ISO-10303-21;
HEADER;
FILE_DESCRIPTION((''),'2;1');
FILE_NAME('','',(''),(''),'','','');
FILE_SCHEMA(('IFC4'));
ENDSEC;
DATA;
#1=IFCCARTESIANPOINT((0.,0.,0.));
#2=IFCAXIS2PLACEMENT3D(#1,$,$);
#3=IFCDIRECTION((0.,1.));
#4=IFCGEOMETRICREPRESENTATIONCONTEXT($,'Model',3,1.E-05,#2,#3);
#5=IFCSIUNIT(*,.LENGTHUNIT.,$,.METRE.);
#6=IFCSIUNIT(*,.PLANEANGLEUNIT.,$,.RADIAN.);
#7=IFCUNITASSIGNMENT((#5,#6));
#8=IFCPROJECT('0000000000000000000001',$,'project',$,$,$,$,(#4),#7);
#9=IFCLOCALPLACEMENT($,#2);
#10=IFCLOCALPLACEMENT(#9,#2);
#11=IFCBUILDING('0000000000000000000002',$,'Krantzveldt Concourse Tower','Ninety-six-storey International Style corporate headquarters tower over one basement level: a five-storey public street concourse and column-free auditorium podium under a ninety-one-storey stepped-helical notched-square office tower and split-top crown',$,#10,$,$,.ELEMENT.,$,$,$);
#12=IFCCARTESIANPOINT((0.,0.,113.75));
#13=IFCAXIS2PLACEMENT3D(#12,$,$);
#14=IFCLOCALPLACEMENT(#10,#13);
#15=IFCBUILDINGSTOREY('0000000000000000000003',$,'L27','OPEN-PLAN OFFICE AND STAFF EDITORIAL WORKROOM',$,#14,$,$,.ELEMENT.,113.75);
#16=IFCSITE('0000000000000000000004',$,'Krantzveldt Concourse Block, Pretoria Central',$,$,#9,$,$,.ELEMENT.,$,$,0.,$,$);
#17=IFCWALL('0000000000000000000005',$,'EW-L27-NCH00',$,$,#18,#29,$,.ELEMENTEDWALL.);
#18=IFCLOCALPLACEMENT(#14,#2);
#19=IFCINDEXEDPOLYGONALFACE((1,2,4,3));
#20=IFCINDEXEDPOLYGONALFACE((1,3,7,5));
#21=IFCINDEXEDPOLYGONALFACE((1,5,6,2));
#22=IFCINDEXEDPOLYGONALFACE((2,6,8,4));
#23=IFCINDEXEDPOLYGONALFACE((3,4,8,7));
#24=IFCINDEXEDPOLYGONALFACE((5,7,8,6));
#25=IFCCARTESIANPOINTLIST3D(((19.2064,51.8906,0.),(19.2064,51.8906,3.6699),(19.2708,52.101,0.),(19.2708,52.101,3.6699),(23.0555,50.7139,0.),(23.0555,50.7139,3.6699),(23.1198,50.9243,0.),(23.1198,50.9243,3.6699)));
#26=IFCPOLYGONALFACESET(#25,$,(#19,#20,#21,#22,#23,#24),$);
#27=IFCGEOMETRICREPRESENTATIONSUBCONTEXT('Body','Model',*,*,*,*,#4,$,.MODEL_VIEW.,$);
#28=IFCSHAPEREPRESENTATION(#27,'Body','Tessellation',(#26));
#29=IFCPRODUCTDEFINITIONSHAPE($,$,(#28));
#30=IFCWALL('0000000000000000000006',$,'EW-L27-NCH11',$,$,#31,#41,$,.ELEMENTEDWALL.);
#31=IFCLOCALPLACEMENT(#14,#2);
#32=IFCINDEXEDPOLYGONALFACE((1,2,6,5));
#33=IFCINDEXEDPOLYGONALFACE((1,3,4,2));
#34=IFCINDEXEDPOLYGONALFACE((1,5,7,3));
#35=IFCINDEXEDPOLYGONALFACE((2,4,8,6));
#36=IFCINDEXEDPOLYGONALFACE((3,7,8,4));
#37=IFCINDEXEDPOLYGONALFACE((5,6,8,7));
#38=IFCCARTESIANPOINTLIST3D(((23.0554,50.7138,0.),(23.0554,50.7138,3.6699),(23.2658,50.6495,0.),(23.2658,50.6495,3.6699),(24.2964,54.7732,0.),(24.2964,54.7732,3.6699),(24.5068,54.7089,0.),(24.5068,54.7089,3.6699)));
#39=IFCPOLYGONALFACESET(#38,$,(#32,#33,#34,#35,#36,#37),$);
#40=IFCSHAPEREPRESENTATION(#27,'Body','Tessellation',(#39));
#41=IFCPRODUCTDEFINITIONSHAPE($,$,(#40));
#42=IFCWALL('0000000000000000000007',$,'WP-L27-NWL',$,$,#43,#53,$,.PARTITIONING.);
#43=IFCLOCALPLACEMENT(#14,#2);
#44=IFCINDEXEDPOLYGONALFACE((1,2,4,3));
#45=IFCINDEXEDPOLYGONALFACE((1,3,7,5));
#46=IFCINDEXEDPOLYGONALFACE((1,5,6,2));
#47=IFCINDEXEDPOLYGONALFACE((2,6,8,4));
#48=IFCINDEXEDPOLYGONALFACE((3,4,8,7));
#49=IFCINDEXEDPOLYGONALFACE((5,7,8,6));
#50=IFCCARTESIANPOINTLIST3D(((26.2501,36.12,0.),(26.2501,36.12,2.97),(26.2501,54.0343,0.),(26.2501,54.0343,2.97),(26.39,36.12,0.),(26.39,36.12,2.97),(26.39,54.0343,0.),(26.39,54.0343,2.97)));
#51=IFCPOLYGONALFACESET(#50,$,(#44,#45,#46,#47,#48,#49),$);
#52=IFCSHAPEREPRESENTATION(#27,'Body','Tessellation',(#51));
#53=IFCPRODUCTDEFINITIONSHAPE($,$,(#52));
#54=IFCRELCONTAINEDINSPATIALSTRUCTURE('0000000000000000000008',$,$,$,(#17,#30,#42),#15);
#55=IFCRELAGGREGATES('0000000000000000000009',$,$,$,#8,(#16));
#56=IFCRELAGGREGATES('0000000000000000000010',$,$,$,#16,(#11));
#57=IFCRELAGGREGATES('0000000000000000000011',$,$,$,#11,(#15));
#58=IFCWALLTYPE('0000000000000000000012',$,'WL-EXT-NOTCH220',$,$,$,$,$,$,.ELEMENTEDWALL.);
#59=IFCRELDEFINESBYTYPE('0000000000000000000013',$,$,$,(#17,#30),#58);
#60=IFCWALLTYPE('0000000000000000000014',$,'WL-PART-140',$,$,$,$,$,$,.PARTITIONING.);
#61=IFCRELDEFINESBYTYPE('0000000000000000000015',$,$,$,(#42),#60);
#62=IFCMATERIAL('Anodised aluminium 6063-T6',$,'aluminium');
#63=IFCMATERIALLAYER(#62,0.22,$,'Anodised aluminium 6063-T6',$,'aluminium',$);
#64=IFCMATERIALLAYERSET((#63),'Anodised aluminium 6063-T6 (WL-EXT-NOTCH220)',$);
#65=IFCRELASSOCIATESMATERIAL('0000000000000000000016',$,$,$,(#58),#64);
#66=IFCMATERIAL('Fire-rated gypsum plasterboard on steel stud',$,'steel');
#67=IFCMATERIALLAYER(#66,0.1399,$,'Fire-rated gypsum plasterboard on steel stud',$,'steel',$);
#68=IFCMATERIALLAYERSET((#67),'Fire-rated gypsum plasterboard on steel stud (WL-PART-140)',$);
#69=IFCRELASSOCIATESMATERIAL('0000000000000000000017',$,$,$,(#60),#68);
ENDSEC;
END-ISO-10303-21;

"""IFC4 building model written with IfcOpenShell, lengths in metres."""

from ifc_helpers import new_model, si_unit, direction, frame, frame_2d, origin, place, context, subcontext, project, spatial, rectangle, extrude, material, layer, layer_set, type_object, element, save


model = new_model("IFC4")

# Units and contexts
model_context = context("Model", 3, precision=1e-05, world=origin(), true_north=direction((0.0, 1.0)))
body_context = subcontext(model_context, "Body", "Model", "MODEL_VIEW")
ifc_project = project(units=[si_unit("LENGTHUNIT", "METRE"), si_unit("PLANEANGLEUNIT", "RADIAN")], contexts=[model_context])

# Site, building, storey
site_placement = place(None, origin())
site = spatial("IfcSite", under=ifc_project, at=site_placement, Name="Krantzveldt Concourse Block, Pretoria Central", CompositionType="ELEMENT", RefElevation=0.0)
building_placement = place(site_placement, origin())
building = spatial("IfcBuilding", under=site, at=building_placement, Name="Krantzveldt Concourse Tower", Description="Ninety-six-storey International Style corporate headquarters tower over one basement level: a five-storey public street concourse and column-free auditorium podium under a ninety-one-storey stepped-helical notched-square office tower and split-top crown", CompositionType="ELEMENT")
storey_placement = place(building_placement, frame((0.0, 0.0, 113.75)))
storey = spatial("IfcBuildingStorey", under=building, at=storey_placement, Name="L27", Description="OPEN-PLAN OFFICE AND STAFF EDITORIAL WORKROOM", CompositionType="ELEMENT", Elevation=113.75)

# Shared definitions
ifc_material_1 = material(Name="Anodised aluminium 6063-T6", Category="aluminium")

# Walls
ifc_layer_1 = layer(ifc_material_1, 0.22, Name="Anodised aluminium 6063-T6", Category="aluminium")
ifc_layer_set_1 = layer_set([ifc_layer_1], Name="Anodised aluminium 6063-T6 (WL-EXT-NOTCH220)")
wall_type_1 = type_object("IfcWallType", Name="WL-EXT-NOTCH220", PredefinedType="ELEMENTEDWALL", material=ifc_layer_set_1)
wall_1_placement = place(storey_placement, frame((23.0876, 50.8191, 0.0), z_axis=(0.0, 0.0, 1.0), x_axis=(-0.956307, 0.292363, 0.0)))
element("IfcWall", 1, at=wall_1_placement, inside=storey, type_object=wall_type_1, Name="EW-L27-NCH00", PredefinedType="ELEMENTEDWALL", context=body_context, shape_type="SweptSolid", body=[
    extrude(rectangle(XDim=4.0249, YDim=0.22, at=frame_2d((2.0125, 0.0))), origin(), (0.0, 0.0, 1.0), 3.6699),
])
wall_2_placement = place(storey_placement, frame((24.4016, 54.7412, 0.0), z_axis=(0.0, 0.0, 1.0), x_axis=(-0.292352, -0.956311, 0.0)))
element("IfcWall", 2, at=wall_2_placement, inside=storey, type_object=wall_type_1, Name="EW-L27-NCH11", PredefinedType="ELEMENTEDWALL", context=body_context, shape_type="SweptSolid", body=[
    extrude(rectangle(XDim=4.2449, YDim=0.22, at=frame_2d((2.1226, 0.0))), origin(), (0.0, 0.0, 1.0), 3.6699),
])
ifc_material_2 = material(Name="Fire-rated gypsum plasterboard on steel stud", Category="steel")
ifc_layer_2 = layer(ifc_material_2, 0.1399, Name="Fire-rated gypsum plasterboard on steel stud", Category="steel")
ifc_layer_set_2 = layer_set([ifc_layer_2], Name="Fire-rated gypsum plasterboard on steel stud (WL-PART-140)")
wall_type_2 = type_object("IfcWallType", Name="WL-PART-140", PredefinedType="PARTITIONING", material=ifc_layer_set_2)
wall_3_placement = place(storey_placement, frame((26.3201, 36.1201, 0.0), z_axis=(0.0, 0.0, 1.0), x_axis=(0.0, 1.0, 0.0)))
element("IfcWall", 3, at=wall_3_placement, inside=storey, type_object=wall_type_2, Name="WP-L27-NWL", PredefinedType="PARTITIONING", context=body_context, shape_type="SweptSolid", body=[
    extrude(rectangle(XDim=17.9143, YDim=0.1399, at=frame_2d((8.957, 0.0))), origin(), (0.0, 0.0, 1.0), 2.97),
])

save(model, "model.ifc")
